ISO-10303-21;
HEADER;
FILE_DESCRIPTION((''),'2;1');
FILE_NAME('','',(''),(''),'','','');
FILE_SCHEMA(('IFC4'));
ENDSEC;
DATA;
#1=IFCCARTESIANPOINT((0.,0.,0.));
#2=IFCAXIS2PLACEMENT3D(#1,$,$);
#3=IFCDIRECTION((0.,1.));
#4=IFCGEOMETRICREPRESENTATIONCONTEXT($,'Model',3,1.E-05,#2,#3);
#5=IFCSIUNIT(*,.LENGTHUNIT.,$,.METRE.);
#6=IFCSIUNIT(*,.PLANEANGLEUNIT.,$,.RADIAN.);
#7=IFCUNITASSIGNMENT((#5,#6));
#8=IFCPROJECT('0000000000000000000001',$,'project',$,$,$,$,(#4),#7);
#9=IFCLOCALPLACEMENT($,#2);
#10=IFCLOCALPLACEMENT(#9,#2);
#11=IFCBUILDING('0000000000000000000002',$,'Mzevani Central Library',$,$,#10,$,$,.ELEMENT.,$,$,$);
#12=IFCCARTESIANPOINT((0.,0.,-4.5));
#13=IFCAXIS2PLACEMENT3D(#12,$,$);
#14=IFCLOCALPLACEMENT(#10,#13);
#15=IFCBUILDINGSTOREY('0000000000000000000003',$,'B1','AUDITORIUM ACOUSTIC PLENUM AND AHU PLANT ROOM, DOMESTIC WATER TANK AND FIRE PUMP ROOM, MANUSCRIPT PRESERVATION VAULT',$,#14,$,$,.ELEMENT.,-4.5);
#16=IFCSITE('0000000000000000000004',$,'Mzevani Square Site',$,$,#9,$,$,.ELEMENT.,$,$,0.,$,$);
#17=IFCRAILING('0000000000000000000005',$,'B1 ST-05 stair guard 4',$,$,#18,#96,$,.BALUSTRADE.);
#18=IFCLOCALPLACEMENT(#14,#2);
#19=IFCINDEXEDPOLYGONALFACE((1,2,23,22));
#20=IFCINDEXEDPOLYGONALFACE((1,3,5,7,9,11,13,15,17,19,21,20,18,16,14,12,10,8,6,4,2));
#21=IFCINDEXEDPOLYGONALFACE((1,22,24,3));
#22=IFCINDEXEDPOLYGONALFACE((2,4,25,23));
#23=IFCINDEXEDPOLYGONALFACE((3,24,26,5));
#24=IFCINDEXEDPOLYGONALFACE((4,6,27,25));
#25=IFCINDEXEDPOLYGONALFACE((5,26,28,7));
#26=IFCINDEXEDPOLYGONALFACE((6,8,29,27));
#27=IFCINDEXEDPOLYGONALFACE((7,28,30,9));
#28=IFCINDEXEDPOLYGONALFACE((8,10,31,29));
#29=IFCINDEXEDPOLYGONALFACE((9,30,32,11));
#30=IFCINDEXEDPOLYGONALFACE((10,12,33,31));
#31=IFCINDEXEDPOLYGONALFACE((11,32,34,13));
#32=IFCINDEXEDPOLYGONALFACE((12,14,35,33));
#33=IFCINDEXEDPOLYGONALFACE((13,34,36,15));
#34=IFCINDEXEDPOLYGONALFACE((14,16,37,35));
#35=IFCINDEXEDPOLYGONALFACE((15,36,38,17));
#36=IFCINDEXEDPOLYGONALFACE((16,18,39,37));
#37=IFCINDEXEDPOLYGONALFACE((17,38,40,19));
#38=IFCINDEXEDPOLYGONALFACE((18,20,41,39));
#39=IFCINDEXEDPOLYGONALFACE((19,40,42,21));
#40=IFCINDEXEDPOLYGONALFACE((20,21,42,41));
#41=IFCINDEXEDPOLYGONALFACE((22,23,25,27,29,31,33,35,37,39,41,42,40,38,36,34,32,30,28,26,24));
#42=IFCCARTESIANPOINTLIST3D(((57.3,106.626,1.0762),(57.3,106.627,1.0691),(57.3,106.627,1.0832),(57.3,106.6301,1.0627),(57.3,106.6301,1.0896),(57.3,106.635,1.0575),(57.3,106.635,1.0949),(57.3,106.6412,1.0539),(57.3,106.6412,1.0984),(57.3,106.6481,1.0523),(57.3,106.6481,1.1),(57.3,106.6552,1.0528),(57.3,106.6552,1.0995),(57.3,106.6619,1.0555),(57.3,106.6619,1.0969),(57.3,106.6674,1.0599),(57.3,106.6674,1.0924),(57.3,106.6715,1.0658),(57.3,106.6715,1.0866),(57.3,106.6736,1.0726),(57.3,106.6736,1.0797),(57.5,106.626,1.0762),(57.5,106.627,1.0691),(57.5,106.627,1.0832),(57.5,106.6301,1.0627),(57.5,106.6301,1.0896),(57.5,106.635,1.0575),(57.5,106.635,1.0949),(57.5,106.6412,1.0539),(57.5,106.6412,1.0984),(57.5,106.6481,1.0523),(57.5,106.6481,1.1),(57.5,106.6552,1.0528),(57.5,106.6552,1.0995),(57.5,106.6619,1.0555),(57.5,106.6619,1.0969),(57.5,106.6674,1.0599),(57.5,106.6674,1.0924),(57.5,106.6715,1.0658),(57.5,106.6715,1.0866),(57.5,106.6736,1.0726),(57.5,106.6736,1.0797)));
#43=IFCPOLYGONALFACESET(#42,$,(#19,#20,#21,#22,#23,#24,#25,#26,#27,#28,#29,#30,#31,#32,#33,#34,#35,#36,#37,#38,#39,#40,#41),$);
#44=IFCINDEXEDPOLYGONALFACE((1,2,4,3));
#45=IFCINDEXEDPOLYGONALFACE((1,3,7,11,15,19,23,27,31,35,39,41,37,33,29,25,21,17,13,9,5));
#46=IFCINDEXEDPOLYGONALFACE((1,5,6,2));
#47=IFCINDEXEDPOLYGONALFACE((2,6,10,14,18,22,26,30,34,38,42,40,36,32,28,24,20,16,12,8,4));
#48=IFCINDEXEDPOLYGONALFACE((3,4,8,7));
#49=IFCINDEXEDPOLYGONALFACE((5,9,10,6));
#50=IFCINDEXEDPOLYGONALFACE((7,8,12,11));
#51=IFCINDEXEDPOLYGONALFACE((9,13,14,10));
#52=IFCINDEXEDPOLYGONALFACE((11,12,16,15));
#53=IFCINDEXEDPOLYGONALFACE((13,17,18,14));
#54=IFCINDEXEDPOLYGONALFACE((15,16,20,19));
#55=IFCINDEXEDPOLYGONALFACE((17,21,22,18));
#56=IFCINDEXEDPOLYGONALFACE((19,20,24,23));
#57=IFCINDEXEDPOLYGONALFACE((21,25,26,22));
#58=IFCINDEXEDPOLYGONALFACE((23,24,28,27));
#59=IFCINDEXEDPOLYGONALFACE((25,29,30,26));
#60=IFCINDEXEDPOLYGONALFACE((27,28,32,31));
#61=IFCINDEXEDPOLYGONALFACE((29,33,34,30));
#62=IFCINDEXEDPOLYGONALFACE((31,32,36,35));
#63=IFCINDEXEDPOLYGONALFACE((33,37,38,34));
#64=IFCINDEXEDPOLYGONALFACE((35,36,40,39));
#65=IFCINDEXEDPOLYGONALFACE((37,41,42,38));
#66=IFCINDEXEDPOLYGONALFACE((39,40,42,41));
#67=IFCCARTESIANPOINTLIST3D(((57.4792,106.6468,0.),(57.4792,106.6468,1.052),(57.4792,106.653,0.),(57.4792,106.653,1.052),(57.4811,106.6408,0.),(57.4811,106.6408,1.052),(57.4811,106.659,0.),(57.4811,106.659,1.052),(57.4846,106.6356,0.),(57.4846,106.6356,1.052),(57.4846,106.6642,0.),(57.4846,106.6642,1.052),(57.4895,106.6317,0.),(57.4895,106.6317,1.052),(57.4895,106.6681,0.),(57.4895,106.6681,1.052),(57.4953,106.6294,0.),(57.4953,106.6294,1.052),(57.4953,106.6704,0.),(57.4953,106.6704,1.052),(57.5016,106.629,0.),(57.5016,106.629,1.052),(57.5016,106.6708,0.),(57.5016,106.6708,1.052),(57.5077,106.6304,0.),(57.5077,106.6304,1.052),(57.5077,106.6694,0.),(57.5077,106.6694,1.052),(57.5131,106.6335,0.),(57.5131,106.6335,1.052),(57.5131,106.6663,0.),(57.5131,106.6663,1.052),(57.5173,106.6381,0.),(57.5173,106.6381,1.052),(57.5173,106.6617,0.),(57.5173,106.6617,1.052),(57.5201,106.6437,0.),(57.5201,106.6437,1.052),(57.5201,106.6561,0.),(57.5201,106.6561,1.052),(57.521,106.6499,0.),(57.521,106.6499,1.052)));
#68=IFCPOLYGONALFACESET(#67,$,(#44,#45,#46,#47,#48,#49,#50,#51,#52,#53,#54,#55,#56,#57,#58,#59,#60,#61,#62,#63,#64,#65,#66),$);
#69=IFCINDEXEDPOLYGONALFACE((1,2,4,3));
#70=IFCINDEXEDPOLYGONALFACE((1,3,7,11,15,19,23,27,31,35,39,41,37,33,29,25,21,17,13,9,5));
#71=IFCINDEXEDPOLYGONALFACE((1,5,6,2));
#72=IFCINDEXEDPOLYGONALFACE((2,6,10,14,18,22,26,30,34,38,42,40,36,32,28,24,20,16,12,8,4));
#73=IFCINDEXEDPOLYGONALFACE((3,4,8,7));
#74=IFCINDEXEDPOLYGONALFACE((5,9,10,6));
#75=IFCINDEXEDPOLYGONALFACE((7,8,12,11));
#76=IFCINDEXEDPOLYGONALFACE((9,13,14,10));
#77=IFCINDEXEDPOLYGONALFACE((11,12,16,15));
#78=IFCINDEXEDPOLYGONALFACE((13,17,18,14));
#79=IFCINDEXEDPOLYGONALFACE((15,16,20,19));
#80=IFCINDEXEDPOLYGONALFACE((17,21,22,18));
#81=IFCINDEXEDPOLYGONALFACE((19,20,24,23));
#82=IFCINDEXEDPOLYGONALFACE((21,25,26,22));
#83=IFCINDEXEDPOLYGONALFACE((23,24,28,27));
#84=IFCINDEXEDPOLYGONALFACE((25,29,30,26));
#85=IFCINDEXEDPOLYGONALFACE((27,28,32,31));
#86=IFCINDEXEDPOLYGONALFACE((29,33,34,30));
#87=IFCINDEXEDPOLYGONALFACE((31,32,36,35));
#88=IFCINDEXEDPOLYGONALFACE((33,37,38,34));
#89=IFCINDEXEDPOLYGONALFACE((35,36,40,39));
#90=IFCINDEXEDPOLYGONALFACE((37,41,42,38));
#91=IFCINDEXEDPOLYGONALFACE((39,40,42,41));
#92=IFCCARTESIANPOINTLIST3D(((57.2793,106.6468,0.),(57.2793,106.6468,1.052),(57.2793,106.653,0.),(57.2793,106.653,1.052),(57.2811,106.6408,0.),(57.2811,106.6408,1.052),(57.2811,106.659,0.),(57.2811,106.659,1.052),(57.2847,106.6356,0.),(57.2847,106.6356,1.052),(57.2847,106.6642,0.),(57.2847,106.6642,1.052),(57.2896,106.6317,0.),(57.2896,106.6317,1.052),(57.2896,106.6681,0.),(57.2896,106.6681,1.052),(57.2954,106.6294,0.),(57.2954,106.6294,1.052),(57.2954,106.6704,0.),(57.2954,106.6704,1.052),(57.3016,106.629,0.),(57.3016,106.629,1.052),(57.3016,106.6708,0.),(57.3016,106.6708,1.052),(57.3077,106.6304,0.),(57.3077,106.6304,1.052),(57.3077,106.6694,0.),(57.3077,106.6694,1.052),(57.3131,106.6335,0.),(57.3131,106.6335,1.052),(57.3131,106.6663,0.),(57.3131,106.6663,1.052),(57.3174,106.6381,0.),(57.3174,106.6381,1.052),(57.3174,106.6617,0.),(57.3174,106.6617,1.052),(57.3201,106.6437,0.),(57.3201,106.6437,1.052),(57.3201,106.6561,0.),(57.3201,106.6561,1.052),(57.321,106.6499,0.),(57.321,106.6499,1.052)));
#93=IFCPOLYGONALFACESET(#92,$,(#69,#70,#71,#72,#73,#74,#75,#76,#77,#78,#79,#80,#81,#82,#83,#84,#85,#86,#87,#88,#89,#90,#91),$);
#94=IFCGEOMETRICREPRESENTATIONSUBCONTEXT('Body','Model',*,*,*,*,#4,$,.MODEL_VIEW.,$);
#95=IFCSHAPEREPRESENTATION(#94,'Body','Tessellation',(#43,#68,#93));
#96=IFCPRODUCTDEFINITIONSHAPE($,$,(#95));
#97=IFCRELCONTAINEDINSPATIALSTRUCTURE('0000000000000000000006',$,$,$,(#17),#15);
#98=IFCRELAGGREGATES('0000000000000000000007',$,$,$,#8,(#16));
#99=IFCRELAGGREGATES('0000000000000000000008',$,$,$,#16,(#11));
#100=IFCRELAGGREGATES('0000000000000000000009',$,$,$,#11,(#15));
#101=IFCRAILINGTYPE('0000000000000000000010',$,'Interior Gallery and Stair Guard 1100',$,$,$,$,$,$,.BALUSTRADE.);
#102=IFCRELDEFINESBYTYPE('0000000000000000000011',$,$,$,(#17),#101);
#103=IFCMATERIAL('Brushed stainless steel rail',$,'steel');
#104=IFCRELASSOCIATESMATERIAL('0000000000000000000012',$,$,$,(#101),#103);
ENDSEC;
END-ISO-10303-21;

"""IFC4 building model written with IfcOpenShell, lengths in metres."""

from ifc_helpers import new_model, si_unit, direction, frame, origin, origin_2d, place, context, subcontext, project, spatial, circle, extrude, material, type_object, element, save


model = new_model("IFC4")

# Units and contexts
model_context = context("Model", 3, precision=1e-05, world=origin(), true_north=direction((0.0, 1.0)))
body_context = subcontext(model_context, "Body", "Model", "MODEL_VIEW")
ifc_project = project(units=[si_unit("LENGTHUNIT", "METRE"), si_unit("PLANEANGLEUNIT", "RADIAN")], contexts=[model_context])

# Site, building, storey
site_placement = place(None, origin())
site = spatial("IfcSite", under=ifc_project, at=site_placement, Name="Mzevani Square Site", CompositionType="ELEMENT", RefElevation=0.0)
building_placement = place(site_placement, origin())
building = spatial("IfcBuilding", under=site, at=building_placement, Name="Mzevani Central Library", CompositionType="ELEMENT")
storey_placement = place(building_placement, frame((0.0, 0.0, -4.5)))
storey = spatial("IfcBuildingStorey", under=building, at=storey_placement, Name="B1", Description="AUDITORIUM ACOUSTIC PLENUM AND AHU PLANT ROOM, DOMESTIC WATER TANK AND FIRE PUMP ROOM, MANUSCRIPT PRESERVATION VAULT", CompositionType="ELEMENT", Elevation=-4.5)

# Railing
ifc_material_1 = material(Name="Brushed stainless steel rail", Category="steel")
railing_type_1 = type_object("IfcRailingType", Name="Interior Gallery and Stair Guard 1100", PredefinedType="BALUSTRADE", material=ifc_material_1)
railing_1_placement = place(storey_placement, frame((57.5, 106.6499, 0.0)))
element("IfcRailing", 1, at=railing_1_placement, inside=storey, type_object=railing_type_1, Name="B1 ST-05 stair guard 4", PredefinedType="BALUSTRADE", context=body_context, shape_type="SweptSolid", body=[
    extrude(circle(Radius=0.0239, at=origin_2d()), frame((0.0, 0.0, 1.0762), z_axis=(-1.0, 0.0, 0.0), x_axis=(0.0, -1.0, 0.0)), (0.0, 0.0, 1.0), 0.2),
    extrude(circle(Radius=0.021, at=origin_2d()), origin(), (0.0, 0.0, 1.0), 1.052),
    extrude(circle(Radius=0.021, at=origin_2d()), frame((-0.2, 0.0, 0.0)), (0.0, 0.0, 1.0), 1.052),
])

save(model, "model.ifc")
